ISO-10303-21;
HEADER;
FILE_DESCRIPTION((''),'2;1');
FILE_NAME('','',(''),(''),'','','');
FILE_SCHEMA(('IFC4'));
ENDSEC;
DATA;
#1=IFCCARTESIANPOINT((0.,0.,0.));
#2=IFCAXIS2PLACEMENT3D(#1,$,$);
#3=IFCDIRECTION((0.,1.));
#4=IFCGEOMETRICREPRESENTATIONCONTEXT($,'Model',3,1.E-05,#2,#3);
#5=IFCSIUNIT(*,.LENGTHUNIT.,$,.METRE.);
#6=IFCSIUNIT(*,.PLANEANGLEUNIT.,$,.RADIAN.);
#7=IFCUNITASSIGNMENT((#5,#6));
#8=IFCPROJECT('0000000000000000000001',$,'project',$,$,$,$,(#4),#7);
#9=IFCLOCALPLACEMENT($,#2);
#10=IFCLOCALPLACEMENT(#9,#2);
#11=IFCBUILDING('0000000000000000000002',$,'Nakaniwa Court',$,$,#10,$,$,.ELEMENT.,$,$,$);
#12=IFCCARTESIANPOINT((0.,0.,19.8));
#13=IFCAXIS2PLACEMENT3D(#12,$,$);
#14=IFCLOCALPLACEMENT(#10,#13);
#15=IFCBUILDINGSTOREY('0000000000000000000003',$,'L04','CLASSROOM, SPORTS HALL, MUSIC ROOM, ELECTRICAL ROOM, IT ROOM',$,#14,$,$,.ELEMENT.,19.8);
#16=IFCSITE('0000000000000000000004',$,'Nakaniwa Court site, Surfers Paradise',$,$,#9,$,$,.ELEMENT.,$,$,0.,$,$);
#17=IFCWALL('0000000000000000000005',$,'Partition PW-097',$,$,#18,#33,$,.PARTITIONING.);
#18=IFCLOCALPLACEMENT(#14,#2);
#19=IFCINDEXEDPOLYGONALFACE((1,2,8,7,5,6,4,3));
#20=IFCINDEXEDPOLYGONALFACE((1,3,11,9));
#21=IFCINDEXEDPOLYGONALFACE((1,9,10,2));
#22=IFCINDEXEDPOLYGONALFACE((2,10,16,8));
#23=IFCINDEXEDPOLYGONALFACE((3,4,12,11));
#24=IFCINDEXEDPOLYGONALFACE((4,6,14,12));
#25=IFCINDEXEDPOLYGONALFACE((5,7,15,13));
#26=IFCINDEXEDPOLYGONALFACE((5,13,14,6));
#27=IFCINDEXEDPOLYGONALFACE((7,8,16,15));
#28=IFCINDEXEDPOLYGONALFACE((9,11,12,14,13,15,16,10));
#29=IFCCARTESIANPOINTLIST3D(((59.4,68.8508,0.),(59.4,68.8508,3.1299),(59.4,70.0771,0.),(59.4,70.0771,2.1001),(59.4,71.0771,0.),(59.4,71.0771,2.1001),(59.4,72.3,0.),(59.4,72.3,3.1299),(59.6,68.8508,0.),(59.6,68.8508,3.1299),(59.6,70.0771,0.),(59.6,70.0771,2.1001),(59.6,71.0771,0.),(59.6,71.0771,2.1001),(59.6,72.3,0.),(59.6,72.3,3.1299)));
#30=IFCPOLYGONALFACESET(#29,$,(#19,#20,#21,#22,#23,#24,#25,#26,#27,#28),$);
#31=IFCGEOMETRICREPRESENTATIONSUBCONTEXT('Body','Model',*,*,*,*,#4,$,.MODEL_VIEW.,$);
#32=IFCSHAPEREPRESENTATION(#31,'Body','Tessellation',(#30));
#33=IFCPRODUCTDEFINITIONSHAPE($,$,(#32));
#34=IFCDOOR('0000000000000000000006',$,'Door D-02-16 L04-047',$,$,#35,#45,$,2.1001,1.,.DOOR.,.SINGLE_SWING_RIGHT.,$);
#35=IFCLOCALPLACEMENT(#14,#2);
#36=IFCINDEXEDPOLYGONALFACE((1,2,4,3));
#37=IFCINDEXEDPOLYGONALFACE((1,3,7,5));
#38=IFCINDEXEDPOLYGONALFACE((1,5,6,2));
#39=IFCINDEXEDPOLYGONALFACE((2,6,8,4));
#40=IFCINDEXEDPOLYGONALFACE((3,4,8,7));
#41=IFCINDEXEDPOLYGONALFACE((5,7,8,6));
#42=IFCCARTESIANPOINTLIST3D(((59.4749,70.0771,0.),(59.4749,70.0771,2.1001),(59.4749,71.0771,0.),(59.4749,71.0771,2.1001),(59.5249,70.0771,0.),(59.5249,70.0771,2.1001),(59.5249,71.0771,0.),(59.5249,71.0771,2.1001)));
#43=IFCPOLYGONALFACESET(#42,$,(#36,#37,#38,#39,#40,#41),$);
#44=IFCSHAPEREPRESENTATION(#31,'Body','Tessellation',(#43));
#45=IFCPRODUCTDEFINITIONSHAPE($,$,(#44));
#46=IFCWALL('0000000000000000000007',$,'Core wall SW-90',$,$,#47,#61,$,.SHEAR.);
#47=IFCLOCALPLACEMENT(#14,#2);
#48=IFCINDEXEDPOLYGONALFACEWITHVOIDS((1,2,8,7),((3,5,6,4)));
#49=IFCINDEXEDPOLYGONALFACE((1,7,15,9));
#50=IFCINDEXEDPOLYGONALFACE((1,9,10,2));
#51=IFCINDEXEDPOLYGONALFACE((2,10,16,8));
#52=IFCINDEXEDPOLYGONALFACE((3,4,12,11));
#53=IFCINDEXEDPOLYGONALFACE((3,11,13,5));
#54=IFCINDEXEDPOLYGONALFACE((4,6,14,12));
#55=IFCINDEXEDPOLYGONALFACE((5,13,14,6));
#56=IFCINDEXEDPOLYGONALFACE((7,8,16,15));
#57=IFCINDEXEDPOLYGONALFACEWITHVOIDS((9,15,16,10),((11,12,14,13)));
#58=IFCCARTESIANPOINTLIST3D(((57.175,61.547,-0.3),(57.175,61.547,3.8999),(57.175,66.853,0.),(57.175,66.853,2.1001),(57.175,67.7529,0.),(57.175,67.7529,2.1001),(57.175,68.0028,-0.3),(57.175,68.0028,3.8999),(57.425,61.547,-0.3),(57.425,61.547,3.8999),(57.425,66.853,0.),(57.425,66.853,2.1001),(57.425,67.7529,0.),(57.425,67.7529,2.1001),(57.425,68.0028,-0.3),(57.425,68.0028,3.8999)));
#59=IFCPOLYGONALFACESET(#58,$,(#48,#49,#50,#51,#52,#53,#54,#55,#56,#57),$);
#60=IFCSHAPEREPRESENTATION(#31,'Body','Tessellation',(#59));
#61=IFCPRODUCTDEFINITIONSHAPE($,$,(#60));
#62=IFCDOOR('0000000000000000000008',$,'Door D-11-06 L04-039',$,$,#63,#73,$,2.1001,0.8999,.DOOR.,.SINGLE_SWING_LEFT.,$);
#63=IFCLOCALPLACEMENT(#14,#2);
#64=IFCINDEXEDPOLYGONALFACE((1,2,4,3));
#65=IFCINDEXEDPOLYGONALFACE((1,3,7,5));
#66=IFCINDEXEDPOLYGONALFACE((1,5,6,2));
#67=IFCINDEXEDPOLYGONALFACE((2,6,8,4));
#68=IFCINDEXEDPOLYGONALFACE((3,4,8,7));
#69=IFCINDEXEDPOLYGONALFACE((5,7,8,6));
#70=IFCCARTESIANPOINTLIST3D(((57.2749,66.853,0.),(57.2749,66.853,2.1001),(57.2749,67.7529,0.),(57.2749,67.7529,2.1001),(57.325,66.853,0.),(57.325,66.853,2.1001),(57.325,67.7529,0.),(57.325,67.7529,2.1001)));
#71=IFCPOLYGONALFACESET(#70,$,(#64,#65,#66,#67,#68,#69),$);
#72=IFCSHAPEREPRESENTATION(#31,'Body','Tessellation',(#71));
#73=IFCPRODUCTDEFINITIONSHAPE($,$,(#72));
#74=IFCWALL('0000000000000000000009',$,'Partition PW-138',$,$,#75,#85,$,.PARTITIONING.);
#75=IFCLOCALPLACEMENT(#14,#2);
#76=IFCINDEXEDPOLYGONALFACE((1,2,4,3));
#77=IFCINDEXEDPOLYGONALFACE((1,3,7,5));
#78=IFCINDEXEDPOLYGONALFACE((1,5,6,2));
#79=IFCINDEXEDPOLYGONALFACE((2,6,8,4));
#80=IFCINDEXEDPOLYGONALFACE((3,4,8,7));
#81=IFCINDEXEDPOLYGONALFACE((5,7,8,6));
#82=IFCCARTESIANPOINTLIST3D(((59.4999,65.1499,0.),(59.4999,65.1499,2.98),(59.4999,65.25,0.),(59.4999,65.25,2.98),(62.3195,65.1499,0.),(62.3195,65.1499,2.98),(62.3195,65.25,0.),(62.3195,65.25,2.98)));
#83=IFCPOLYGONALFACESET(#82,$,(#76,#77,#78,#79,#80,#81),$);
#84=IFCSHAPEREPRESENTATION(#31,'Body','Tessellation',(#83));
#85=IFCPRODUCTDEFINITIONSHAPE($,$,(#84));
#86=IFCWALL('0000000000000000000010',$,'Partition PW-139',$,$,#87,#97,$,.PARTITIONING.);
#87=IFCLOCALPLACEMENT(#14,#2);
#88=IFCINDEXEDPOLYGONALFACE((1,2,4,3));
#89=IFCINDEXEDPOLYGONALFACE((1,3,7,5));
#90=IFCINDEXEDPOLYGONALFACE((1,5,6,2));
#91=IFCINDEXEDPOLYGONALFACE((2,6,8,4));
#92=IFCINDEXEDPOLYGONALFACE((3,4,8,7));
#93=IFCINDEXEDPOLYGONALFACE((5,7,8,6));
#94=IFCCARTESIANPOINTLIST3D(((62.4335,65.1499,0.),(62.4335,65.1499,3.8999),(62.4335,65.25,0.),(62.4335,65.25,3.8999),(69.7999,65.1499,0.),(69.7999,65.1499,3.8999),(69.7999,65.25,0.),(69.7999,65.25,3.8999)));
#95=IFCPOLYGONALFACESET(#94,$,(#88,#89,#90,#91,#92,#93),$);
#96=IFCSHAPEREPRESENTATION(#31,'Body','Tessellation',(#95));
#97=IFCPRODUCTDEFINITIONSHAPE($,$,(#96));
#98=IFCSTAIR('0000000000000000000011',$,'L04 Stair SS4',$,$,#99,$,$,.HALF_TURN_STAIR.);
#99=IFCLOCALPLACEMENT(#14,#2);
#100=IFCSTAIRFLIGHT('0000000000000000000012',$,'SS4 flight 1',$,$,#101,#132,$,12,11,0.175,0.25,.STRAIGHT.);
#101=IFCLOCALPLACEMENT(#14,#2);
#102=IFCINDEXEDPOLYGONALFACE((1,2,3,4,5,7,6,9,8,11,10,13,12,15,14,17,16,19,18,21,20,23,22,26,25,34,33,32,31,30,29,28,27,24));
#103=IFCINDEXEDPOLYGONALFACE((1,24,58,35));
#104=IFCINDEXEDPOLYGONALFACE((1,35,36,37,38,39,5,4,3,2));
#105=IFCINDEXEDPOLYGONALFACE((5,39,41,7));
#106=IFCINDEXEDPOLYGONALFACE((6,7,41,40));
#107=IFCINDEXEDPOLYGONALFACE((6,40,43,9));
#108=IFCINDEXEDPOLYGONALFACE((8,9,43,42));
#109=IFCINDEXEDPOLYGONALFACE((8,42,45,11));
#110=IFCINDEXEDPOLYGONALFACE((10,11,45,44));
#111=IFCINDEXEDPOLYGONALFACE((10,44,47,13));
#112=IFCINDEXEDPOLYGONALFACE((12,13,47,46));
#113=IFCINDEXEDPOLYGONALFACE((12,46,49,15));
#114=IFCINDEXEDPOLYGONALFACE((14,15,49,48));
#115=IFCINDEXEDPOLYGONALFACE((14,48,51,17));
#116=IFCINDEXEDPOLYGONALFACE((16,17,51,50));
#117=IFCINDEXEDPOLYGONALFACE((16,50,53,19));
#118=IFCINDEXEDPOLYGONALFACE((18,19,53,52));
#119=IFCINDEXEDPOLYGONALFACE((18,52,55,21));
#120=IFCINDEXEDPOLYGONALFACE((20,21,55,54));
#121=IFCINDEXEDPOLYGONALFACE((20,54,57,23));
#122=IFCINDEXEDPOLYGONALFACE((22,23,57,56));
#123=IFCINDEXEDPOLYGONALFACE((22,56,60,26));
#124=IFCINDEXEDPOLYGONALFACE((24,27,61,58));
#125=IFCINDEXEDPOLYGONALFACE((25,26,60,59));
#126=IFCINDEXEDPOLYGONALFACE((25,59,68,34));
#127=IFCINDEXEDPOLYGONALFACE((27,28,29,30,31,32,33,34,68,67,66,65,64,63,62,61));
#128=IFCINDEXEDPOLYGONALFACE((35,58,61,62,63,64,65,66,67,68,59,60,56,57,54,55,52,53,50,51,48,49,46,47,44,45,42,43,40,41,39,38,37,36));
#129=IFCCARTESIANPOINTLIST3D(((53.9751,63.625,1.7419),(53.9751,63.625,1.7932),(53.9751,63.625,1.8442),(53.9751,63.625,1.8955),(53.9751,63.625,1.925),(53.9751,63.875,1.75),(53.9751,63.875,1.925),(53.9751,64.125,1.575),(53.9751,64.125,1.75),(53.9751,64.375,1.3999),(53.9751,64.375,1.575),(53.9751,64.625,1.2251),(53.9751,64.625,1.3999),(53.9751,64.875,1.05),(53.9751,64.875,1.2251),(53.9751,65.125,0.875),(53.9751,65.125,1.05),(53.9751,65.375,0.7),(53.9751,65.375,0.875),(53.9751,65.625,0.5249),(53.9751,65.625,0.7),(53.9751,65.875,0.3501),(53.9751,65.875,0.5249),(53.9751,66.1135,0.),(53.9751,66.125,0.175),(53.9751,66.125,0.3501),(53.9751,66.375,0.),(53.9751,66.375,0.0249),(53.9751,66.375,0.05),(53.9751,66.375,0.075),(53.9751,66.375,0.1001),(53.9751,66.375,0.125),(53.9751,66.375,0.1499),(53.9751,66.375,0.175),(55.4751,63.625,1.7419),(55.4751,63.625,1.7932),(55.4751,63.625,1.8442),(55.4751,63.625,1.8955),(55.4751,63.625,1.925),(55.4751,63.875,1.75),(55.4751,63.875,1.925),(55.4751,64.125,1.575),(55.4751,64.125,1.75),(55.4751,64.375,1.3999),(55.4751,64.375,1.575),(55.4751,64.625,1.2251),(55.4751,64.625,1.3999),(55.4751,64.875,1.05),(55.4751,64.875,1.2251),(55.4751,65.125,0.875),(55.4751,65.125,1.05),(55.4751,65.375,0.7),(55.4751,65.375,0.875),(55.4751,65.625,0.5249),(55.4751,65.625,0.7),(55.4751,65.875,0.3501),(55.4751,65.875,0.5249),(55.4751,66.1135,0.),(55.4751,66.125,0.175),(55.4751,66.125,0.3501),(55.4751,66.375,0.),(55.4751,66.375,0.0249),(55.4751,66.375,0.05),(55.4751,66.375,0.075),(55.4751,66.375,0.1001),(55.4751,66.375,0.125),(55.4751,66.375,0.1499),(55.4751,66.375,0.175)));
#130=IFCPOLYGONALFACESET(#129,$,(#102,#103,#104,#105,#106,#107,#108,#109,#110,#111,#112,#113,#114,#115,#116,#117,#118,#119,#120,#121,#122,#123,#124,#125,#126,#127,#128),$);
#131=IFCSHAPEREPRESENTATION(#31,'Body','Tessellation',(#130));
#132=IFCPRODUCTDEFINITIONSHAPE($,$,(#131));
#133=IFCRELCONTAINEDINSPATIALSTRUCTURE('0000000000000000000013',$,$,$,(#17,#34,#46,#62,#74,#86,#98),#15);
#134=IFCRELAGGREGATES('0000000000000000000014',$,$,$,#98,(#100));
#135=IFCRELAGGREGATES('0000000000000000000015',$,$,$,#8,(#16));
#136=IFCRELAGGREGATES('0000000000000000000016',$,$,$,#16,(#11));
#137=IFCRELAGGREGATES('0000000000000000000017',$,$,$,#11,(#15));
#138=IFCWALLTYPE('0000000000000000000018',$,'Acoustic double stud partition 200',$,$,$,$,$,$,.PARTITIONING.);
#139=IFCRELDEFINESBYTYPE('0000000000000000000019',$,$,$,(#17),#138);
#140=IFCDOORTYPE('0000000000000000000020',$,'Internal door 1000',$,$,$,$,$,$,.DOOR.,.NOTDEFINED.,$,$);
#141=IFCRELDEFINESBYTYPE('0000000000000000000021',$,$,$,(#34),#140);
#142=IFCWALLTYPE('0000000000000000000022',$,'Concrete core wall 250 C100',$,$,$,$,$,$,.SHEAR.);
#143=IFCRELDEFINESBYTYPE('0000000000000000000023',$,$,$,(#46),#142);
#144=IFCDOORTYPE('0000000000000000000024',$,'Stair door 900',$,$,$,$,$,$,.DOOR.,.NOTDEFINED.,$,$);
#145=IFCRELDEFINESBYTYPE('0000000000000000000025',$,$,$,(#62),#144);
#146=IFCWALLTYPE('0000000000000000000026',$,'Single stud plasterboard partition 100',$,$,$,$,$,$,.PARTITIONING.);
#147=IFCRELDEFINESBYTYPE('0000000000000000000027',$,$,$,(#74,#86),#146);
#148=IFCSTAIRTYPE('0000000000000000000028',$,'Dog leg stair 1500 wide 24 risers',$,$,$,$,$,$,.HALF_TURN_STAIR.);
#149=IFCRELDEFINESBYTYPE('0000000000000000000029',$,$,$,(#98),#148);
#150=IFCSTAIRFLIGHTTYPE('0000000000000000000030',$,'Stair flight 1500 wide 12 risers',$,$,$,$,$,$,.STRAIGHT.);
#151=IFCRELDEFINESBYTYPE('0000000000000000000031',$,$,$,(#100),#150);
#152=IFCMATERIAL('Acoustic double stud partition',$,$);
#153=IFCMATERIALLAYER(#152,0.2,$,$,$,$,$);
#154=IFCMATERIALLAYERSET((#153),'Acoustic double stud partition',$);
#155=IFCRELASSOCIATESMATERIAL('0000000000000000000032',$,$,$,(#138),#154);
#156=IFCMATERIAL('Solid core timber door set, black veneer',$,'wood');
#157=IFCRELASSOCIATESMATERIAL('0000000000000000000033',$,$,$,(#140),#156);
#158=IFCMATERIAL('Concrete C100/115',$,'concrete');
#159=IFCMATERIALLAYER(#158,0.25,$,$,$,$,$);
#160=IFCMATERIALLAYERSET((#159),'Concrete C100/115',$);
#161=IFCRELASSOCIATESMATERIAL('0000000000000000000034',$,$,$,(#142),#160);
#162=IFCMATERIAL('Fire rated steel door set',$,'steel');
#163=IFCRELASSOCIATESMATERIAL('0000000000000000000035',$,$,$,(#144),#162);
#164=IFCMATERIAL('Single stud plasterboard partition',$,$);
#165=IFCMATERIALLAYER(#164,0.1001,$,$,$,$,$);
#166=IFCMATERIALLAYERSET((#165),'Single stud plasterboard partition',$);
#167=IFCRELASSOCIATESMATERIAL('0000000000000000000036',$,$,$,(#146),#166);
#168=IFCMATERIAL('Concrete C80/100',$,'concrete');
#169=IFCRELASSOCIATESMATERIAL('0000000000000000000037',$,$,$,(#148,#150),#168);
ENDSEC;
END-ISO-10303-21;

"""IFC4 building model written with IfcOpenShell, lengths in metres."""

from ifc_helpers import new_model, si_unit, direction, frame, frame_2d, origin, place, context, subcontext, project, spatial, polyline, rectangle, outline, extrude, material, layer, layer_set, type_object, element, fill, aggregate, save


model = new_model("IFC4")

# Units and contexts
model_context = context("Model", 3, precision=1e-05, world=origin(), true_north=direction((0.0, 1.0)))
body_context = subcontext(model_context, "Body", "Model", "MODEL_VIEW")
ifc_project = project(units=[si_unit("LENGTHUNIT", "METRE"), si_unit("PLANEANGLEUNIT", "RADIAN")], contexts=[model_context])

# Site, building, storey
site_placement = place(None, origin())
site = spatial("IfcSite", under=ifc_project, at=site_placement, Name="Nakaniwa Court site, Surfers Paradise", CompositionType="ELEMENT", RefElevation=0.0)
building_placement = place(site_placement, origin())
building = spatial("IfcBuilding", under=site, at=building_placement, Name="Nakaniwa Court", CompositionType="ELEMENT")
storey_placement = place(building_placement, frame((0.0, 0.0, 19.8)))
storey = spatial("IfcBuildingStorey", under=building, at=storey_placement, Name="L04", Description="CLASSROOM, SPORTS HALL, MUSIC ROOM, ELECTRICAL ROOM, IT ROOM", CompositionType="ELEMENT", Elevation=19.8)

# Shared definitions
ifc_material_1 = material(Name="Concrete C100/115", Category="concrete")

# Shared definitions
ifc_material_2 = material(Name="Acoustic double stud partition")
ifc_layer_1 = layer(ifc_material_2, 0.2)
ifc_layer_set_1 = layer_set([ifc_layer_1], Name="Acoustic double stud partition")
wall_type_1 = type_object("IfcWallType", Name="Acoustic double stud partition 200", PredefinedType="PARTITIONING", material=ifc_layer_set_1)
ifc_material_3 = material(Name="Solid core timber door set, black veneer", Category="wood")
door_type_1 = type_object("IfcDoorType", Name="Internal door 1000", OperationType="NOTDEFINED", PredefinedType="DOOR", material=ifc_material_3)

# Walls, openings, doors
wall_1_placement = place(storey_placement, frame((59.5, 72.3, 0.0), z_axis=(0.0, 0.0, 1.0), x_axis=(0.0, -1.0, 0.0)))
wall_1 = element("IfcWall", 1, at=wall_1_placement, inside=storey, type_object=wall_type_1, Name="Partition PW-097", PredefinedType="PARTITIONING", context=body_context, shape_type="SweptSolid", body=[
    extrude(rectangle(XDim=3.4492, YDim=0.2, at=frame_2d((1.7246, 0.0))), origin(), (0.0, 0.0, 1.0), 3.1299),
])
opening_1_placement = place(wall_1_placement, frame((1.2229, 0.0, 0.0)))
opening_1 = element("IfcOpeningElement", 2, at=opening_1_placement, cuts=wall_1, PredefinedType="OPENING", context=body_context, shape_type="SweptSolid", body=[
    extrude(rectangle(XDim=1.0, YDim=2.1001, at=frame_2d((0.5, 1.05))), frame((0.0, 0.1099, 0.0), z_axis=(0.0, -1.0, 0.0), x_axis=(1.0, 0.0, 0.0)), (0.0, 0.0, 1.0), 0.22),
])
door_1_placement = place(opening_1_placement, origin())
door_1 = element("IfcDoor", 3, at=door_1_placement, inside=storey, type_object=door_type_1, Name="Door D-02-16 L04-047", OperationType="SINGLE_SWING_RIGHT", OverallHeight=2.1001, OverallWidth=1.0, PredefinedType="DOOR", context=body_context, shape_type="SweptSolid", body=[
    extrude(rectangle(XDim=1.0, YDim=2.1001, at=frame_2d((0.5, 1.05))), frame((0.0, 0.0249, 0.0), z_axis=(0.0, -1.0, 0.0), x_axis=(1.0, 0.0, 0.0)), (0.0, 0.0, 1.0), 0.05),
])
fill(opening_1, door_1)
ifc_layer_2 = layer(ifc_material_1, 0.25)
ifc_layer_set_2 = layer_set([ifc_layer_2], Name="Concrete C100/115")
wall_type_2 = type_object("IfcWallType", Name="Concrete core wall 250 C100", PredefinedType="SHEAR", material=ifc_layer_set_2)
wall_2_placement = place(storey_placement, frame((57.3, 68.0029, -0.3), z_axis=(0.0, 0.0, 1.0), x_axis=(0.0, -1.0, 0.0)))
wall_2 = element("IfcWall", 4, at=wall_2_placement, inside=storey, type_object=wall_type_2, Name="Core wall SW-90", PredefinedType="SHEAR", context=body_context, shape_type="SweptSolid", body=[
    extrude(rectangle(XDim=6.4558, YDim=0.25, at=frame_2d((3.228, 0.0))), origin(), (0.0, 0.0, 1.0), 4.2),
])
opening_2_placement = place(wall_2_placement, frame((0.25, 0.0, 0.3)))
opening_2 = element("IfcOpeningElement", 5, at=opening_2_placement, cuts=wall_2, PredefinedType="OPENING", context=body_context, shape_type="SweptSolid", body=[
    extrude(rectangle(XDim=0.8999, YDim=2.1001, at=frame_2d((0.45, 1.05))), frame((0.0, 0.135, 0.0), z_axis=(0.0, -1.0, 0.0), x_axis=(1.0, 0.0, 0.0)), (0.0, 0.0, 1.0), 0.27),
])
ifc_material_4 = material(Name="Fire rated steel door set", Category="steel")
door_type_2 = type_object("IfcDoorType", Name="Stair door 900", OperationType="NOTDEFINED", PredefinedType="DOOR", material=ifc_material_4)
door_2_placement = place(opening_2_placement, origin())
door_2 = element("IfcDoor", 6, at=door_2_placement, inside=storey, type_object=door_type_2, Name="Door D-11-06 L04-039", OperationType="SINGLE_SWING_LEFT", OverallHeight=2.1001, OverallWidth=0.8999, PredefinedType="DOOR", context=body_context, shape_type="SweptSolid", body=[
    extrude(rectangle(XDim=0.8999, YDim=2.1001, at=frame_2d((0.45, 1.05))), frame((0.0, 0.0249, 0.0), z_axis=(0.0, -1.0, 0.0), x_axis=(1.0, 0.0, 0.0)), (0.0, 0.0, 1.0), 0.05),
])
fill(opening_2, door_2)

# Walls
ifc_material_5 = material(Name="Single stud plasterboard partition")
ifc_layer_3 = layer(ifc_material_5, 0.1001)
ifc_layer_set_3 = layer_set([ifc_layer_3], Name="Single stud plasterboard partition")
wall_type_3 = type_object("IfcWallType", Name="Single stud plasterboard partition 100", PredefinedType="PARTITIONING", material=ifc_layer_set_3)
wall_3_placement = place(storey_placement, frame((59.5, 65.2, 0.0), z_axis=(0.0, 0.0, 1.0), x_axis=(1.0, 0.0, 0.0)))
element("IfcWall", 7, at=wall_3_placement, inside=storey, type_object=wall_type_3, Name="Partition PW-138", PredefinedType="PARTITIONING", context=body_context, shape_type="SweptSolid", body=[
    extrude(rectangle(XDim=2.8196, YDim=0.1001, at=frame_2d((1.4097, 0.0))), origin(), (0.0, 0.0, 1.0), 2.98),
])
wall_4_placement = place(storey_placement, frame((62.4336, 65.2, 0.0), z_axis=(0.0, 0.0, 1.0), x_axis=(1.0, 0.0, 0.0)))
element("IfcWall", 8, at=wall_4_placement, inside=storey, type_object=wall_type_3, Name="Partition PW-139", PredefinedType="PARTITIONING", context=body_context, shape_type="SweptSolid", body=[
    extrude(rectangle(XDim=7.3665, YDim=0.1001, at=frame_2d((3.6831, 0.0))), origin(), (0.0, 0.0, 1.0), 3.8999),
])

# Stair, stair flight
ifc_material_6 = material(Name="Concrete C80/100", Category="concrete")
stair_type = type_object("IfcStairType", Name="Dog leg stair 1500 wide 24 risers", PredefinedType="HALF_TURN_STAIR", material=ifc_material_6)
stair_placement = place(storey_placement, origin())
stair = element("IfcStair", 9, at=stair_placement, inside=storey, type_object=stair_type, Name="L04 Stair SS4", PredefinedType="HALF_TURN_STAIR")
stair_flight_type = type_object("IfcStairFlightType", Name="Stair flight 1500 wide 12 risers", PredefinedType="STRAIGHT", material=ifc_material_6)
stair_flight_1_placement = place(storey_placement, frame((54.7251, 66.375, 0.0), z_axis=(0.0, 0.0, 1.0), x_axis=(0.0, -1.0, 0.0)))
stair_flight_1 = element("IfcStairFlight", 10, at=stair_flight_1_placement, type_object=stair_flight_type, Name="SS4 flight 1", NumberOfRisers=12, NumberOfTreads=11, PredefinedType="STRAIGHT", RiserHeight=0.175, TreadLength=0.25, context=body_context, shape_type="SweptSolid", body=[
    extrude(outline(polyline([(0.0, 0.0), (0.0, 0.0249), (0.0, 0.05), (0.0, 0.075), (0.0, 0.1001), (0.0, 0.125), (0.0, 0.1499), (0.0, 0.175), (0.25, 0.175), (0.25, 0.3501), (0.5, 0.3501), (0.5, 0.5249), (0.75, 0.5249), (0.75, 0.7), (1.0, 0.7), (1.0, 0.875), (1.25, 0.875), (1.25, 1.05), (1.5, 1.05), (1.5, 1.2251), (1.75, 1.2251), (1.75, 1.3999), (2.0, 1.3999), (2.0, 1.575), (2.25, 1.575), (2.25, 1.75), (2.5, 1.75), (2.5, 1.925), (2.75, 1.925), (2.75, 2.1001), (2.75, 2.0488), (2.75, 1.9978), (2.75, 1.9465), (2.75, 1.8955), (2.75, 1.8442), (2.75, 1.7932), (2.75, 1.7419), (0.2615, 0.0), (0.0, 0.0)])), frame((0.0, 0.75, 0.0), z_axis=(0.0, -1.0, 0.0), x_axis=(1.0, 0.0, 0.0)), (0.0, 0.0, 1.0), 1.5),
])
aggregate(stair, [stair_flight_1])

save(model, "model.ifc")
